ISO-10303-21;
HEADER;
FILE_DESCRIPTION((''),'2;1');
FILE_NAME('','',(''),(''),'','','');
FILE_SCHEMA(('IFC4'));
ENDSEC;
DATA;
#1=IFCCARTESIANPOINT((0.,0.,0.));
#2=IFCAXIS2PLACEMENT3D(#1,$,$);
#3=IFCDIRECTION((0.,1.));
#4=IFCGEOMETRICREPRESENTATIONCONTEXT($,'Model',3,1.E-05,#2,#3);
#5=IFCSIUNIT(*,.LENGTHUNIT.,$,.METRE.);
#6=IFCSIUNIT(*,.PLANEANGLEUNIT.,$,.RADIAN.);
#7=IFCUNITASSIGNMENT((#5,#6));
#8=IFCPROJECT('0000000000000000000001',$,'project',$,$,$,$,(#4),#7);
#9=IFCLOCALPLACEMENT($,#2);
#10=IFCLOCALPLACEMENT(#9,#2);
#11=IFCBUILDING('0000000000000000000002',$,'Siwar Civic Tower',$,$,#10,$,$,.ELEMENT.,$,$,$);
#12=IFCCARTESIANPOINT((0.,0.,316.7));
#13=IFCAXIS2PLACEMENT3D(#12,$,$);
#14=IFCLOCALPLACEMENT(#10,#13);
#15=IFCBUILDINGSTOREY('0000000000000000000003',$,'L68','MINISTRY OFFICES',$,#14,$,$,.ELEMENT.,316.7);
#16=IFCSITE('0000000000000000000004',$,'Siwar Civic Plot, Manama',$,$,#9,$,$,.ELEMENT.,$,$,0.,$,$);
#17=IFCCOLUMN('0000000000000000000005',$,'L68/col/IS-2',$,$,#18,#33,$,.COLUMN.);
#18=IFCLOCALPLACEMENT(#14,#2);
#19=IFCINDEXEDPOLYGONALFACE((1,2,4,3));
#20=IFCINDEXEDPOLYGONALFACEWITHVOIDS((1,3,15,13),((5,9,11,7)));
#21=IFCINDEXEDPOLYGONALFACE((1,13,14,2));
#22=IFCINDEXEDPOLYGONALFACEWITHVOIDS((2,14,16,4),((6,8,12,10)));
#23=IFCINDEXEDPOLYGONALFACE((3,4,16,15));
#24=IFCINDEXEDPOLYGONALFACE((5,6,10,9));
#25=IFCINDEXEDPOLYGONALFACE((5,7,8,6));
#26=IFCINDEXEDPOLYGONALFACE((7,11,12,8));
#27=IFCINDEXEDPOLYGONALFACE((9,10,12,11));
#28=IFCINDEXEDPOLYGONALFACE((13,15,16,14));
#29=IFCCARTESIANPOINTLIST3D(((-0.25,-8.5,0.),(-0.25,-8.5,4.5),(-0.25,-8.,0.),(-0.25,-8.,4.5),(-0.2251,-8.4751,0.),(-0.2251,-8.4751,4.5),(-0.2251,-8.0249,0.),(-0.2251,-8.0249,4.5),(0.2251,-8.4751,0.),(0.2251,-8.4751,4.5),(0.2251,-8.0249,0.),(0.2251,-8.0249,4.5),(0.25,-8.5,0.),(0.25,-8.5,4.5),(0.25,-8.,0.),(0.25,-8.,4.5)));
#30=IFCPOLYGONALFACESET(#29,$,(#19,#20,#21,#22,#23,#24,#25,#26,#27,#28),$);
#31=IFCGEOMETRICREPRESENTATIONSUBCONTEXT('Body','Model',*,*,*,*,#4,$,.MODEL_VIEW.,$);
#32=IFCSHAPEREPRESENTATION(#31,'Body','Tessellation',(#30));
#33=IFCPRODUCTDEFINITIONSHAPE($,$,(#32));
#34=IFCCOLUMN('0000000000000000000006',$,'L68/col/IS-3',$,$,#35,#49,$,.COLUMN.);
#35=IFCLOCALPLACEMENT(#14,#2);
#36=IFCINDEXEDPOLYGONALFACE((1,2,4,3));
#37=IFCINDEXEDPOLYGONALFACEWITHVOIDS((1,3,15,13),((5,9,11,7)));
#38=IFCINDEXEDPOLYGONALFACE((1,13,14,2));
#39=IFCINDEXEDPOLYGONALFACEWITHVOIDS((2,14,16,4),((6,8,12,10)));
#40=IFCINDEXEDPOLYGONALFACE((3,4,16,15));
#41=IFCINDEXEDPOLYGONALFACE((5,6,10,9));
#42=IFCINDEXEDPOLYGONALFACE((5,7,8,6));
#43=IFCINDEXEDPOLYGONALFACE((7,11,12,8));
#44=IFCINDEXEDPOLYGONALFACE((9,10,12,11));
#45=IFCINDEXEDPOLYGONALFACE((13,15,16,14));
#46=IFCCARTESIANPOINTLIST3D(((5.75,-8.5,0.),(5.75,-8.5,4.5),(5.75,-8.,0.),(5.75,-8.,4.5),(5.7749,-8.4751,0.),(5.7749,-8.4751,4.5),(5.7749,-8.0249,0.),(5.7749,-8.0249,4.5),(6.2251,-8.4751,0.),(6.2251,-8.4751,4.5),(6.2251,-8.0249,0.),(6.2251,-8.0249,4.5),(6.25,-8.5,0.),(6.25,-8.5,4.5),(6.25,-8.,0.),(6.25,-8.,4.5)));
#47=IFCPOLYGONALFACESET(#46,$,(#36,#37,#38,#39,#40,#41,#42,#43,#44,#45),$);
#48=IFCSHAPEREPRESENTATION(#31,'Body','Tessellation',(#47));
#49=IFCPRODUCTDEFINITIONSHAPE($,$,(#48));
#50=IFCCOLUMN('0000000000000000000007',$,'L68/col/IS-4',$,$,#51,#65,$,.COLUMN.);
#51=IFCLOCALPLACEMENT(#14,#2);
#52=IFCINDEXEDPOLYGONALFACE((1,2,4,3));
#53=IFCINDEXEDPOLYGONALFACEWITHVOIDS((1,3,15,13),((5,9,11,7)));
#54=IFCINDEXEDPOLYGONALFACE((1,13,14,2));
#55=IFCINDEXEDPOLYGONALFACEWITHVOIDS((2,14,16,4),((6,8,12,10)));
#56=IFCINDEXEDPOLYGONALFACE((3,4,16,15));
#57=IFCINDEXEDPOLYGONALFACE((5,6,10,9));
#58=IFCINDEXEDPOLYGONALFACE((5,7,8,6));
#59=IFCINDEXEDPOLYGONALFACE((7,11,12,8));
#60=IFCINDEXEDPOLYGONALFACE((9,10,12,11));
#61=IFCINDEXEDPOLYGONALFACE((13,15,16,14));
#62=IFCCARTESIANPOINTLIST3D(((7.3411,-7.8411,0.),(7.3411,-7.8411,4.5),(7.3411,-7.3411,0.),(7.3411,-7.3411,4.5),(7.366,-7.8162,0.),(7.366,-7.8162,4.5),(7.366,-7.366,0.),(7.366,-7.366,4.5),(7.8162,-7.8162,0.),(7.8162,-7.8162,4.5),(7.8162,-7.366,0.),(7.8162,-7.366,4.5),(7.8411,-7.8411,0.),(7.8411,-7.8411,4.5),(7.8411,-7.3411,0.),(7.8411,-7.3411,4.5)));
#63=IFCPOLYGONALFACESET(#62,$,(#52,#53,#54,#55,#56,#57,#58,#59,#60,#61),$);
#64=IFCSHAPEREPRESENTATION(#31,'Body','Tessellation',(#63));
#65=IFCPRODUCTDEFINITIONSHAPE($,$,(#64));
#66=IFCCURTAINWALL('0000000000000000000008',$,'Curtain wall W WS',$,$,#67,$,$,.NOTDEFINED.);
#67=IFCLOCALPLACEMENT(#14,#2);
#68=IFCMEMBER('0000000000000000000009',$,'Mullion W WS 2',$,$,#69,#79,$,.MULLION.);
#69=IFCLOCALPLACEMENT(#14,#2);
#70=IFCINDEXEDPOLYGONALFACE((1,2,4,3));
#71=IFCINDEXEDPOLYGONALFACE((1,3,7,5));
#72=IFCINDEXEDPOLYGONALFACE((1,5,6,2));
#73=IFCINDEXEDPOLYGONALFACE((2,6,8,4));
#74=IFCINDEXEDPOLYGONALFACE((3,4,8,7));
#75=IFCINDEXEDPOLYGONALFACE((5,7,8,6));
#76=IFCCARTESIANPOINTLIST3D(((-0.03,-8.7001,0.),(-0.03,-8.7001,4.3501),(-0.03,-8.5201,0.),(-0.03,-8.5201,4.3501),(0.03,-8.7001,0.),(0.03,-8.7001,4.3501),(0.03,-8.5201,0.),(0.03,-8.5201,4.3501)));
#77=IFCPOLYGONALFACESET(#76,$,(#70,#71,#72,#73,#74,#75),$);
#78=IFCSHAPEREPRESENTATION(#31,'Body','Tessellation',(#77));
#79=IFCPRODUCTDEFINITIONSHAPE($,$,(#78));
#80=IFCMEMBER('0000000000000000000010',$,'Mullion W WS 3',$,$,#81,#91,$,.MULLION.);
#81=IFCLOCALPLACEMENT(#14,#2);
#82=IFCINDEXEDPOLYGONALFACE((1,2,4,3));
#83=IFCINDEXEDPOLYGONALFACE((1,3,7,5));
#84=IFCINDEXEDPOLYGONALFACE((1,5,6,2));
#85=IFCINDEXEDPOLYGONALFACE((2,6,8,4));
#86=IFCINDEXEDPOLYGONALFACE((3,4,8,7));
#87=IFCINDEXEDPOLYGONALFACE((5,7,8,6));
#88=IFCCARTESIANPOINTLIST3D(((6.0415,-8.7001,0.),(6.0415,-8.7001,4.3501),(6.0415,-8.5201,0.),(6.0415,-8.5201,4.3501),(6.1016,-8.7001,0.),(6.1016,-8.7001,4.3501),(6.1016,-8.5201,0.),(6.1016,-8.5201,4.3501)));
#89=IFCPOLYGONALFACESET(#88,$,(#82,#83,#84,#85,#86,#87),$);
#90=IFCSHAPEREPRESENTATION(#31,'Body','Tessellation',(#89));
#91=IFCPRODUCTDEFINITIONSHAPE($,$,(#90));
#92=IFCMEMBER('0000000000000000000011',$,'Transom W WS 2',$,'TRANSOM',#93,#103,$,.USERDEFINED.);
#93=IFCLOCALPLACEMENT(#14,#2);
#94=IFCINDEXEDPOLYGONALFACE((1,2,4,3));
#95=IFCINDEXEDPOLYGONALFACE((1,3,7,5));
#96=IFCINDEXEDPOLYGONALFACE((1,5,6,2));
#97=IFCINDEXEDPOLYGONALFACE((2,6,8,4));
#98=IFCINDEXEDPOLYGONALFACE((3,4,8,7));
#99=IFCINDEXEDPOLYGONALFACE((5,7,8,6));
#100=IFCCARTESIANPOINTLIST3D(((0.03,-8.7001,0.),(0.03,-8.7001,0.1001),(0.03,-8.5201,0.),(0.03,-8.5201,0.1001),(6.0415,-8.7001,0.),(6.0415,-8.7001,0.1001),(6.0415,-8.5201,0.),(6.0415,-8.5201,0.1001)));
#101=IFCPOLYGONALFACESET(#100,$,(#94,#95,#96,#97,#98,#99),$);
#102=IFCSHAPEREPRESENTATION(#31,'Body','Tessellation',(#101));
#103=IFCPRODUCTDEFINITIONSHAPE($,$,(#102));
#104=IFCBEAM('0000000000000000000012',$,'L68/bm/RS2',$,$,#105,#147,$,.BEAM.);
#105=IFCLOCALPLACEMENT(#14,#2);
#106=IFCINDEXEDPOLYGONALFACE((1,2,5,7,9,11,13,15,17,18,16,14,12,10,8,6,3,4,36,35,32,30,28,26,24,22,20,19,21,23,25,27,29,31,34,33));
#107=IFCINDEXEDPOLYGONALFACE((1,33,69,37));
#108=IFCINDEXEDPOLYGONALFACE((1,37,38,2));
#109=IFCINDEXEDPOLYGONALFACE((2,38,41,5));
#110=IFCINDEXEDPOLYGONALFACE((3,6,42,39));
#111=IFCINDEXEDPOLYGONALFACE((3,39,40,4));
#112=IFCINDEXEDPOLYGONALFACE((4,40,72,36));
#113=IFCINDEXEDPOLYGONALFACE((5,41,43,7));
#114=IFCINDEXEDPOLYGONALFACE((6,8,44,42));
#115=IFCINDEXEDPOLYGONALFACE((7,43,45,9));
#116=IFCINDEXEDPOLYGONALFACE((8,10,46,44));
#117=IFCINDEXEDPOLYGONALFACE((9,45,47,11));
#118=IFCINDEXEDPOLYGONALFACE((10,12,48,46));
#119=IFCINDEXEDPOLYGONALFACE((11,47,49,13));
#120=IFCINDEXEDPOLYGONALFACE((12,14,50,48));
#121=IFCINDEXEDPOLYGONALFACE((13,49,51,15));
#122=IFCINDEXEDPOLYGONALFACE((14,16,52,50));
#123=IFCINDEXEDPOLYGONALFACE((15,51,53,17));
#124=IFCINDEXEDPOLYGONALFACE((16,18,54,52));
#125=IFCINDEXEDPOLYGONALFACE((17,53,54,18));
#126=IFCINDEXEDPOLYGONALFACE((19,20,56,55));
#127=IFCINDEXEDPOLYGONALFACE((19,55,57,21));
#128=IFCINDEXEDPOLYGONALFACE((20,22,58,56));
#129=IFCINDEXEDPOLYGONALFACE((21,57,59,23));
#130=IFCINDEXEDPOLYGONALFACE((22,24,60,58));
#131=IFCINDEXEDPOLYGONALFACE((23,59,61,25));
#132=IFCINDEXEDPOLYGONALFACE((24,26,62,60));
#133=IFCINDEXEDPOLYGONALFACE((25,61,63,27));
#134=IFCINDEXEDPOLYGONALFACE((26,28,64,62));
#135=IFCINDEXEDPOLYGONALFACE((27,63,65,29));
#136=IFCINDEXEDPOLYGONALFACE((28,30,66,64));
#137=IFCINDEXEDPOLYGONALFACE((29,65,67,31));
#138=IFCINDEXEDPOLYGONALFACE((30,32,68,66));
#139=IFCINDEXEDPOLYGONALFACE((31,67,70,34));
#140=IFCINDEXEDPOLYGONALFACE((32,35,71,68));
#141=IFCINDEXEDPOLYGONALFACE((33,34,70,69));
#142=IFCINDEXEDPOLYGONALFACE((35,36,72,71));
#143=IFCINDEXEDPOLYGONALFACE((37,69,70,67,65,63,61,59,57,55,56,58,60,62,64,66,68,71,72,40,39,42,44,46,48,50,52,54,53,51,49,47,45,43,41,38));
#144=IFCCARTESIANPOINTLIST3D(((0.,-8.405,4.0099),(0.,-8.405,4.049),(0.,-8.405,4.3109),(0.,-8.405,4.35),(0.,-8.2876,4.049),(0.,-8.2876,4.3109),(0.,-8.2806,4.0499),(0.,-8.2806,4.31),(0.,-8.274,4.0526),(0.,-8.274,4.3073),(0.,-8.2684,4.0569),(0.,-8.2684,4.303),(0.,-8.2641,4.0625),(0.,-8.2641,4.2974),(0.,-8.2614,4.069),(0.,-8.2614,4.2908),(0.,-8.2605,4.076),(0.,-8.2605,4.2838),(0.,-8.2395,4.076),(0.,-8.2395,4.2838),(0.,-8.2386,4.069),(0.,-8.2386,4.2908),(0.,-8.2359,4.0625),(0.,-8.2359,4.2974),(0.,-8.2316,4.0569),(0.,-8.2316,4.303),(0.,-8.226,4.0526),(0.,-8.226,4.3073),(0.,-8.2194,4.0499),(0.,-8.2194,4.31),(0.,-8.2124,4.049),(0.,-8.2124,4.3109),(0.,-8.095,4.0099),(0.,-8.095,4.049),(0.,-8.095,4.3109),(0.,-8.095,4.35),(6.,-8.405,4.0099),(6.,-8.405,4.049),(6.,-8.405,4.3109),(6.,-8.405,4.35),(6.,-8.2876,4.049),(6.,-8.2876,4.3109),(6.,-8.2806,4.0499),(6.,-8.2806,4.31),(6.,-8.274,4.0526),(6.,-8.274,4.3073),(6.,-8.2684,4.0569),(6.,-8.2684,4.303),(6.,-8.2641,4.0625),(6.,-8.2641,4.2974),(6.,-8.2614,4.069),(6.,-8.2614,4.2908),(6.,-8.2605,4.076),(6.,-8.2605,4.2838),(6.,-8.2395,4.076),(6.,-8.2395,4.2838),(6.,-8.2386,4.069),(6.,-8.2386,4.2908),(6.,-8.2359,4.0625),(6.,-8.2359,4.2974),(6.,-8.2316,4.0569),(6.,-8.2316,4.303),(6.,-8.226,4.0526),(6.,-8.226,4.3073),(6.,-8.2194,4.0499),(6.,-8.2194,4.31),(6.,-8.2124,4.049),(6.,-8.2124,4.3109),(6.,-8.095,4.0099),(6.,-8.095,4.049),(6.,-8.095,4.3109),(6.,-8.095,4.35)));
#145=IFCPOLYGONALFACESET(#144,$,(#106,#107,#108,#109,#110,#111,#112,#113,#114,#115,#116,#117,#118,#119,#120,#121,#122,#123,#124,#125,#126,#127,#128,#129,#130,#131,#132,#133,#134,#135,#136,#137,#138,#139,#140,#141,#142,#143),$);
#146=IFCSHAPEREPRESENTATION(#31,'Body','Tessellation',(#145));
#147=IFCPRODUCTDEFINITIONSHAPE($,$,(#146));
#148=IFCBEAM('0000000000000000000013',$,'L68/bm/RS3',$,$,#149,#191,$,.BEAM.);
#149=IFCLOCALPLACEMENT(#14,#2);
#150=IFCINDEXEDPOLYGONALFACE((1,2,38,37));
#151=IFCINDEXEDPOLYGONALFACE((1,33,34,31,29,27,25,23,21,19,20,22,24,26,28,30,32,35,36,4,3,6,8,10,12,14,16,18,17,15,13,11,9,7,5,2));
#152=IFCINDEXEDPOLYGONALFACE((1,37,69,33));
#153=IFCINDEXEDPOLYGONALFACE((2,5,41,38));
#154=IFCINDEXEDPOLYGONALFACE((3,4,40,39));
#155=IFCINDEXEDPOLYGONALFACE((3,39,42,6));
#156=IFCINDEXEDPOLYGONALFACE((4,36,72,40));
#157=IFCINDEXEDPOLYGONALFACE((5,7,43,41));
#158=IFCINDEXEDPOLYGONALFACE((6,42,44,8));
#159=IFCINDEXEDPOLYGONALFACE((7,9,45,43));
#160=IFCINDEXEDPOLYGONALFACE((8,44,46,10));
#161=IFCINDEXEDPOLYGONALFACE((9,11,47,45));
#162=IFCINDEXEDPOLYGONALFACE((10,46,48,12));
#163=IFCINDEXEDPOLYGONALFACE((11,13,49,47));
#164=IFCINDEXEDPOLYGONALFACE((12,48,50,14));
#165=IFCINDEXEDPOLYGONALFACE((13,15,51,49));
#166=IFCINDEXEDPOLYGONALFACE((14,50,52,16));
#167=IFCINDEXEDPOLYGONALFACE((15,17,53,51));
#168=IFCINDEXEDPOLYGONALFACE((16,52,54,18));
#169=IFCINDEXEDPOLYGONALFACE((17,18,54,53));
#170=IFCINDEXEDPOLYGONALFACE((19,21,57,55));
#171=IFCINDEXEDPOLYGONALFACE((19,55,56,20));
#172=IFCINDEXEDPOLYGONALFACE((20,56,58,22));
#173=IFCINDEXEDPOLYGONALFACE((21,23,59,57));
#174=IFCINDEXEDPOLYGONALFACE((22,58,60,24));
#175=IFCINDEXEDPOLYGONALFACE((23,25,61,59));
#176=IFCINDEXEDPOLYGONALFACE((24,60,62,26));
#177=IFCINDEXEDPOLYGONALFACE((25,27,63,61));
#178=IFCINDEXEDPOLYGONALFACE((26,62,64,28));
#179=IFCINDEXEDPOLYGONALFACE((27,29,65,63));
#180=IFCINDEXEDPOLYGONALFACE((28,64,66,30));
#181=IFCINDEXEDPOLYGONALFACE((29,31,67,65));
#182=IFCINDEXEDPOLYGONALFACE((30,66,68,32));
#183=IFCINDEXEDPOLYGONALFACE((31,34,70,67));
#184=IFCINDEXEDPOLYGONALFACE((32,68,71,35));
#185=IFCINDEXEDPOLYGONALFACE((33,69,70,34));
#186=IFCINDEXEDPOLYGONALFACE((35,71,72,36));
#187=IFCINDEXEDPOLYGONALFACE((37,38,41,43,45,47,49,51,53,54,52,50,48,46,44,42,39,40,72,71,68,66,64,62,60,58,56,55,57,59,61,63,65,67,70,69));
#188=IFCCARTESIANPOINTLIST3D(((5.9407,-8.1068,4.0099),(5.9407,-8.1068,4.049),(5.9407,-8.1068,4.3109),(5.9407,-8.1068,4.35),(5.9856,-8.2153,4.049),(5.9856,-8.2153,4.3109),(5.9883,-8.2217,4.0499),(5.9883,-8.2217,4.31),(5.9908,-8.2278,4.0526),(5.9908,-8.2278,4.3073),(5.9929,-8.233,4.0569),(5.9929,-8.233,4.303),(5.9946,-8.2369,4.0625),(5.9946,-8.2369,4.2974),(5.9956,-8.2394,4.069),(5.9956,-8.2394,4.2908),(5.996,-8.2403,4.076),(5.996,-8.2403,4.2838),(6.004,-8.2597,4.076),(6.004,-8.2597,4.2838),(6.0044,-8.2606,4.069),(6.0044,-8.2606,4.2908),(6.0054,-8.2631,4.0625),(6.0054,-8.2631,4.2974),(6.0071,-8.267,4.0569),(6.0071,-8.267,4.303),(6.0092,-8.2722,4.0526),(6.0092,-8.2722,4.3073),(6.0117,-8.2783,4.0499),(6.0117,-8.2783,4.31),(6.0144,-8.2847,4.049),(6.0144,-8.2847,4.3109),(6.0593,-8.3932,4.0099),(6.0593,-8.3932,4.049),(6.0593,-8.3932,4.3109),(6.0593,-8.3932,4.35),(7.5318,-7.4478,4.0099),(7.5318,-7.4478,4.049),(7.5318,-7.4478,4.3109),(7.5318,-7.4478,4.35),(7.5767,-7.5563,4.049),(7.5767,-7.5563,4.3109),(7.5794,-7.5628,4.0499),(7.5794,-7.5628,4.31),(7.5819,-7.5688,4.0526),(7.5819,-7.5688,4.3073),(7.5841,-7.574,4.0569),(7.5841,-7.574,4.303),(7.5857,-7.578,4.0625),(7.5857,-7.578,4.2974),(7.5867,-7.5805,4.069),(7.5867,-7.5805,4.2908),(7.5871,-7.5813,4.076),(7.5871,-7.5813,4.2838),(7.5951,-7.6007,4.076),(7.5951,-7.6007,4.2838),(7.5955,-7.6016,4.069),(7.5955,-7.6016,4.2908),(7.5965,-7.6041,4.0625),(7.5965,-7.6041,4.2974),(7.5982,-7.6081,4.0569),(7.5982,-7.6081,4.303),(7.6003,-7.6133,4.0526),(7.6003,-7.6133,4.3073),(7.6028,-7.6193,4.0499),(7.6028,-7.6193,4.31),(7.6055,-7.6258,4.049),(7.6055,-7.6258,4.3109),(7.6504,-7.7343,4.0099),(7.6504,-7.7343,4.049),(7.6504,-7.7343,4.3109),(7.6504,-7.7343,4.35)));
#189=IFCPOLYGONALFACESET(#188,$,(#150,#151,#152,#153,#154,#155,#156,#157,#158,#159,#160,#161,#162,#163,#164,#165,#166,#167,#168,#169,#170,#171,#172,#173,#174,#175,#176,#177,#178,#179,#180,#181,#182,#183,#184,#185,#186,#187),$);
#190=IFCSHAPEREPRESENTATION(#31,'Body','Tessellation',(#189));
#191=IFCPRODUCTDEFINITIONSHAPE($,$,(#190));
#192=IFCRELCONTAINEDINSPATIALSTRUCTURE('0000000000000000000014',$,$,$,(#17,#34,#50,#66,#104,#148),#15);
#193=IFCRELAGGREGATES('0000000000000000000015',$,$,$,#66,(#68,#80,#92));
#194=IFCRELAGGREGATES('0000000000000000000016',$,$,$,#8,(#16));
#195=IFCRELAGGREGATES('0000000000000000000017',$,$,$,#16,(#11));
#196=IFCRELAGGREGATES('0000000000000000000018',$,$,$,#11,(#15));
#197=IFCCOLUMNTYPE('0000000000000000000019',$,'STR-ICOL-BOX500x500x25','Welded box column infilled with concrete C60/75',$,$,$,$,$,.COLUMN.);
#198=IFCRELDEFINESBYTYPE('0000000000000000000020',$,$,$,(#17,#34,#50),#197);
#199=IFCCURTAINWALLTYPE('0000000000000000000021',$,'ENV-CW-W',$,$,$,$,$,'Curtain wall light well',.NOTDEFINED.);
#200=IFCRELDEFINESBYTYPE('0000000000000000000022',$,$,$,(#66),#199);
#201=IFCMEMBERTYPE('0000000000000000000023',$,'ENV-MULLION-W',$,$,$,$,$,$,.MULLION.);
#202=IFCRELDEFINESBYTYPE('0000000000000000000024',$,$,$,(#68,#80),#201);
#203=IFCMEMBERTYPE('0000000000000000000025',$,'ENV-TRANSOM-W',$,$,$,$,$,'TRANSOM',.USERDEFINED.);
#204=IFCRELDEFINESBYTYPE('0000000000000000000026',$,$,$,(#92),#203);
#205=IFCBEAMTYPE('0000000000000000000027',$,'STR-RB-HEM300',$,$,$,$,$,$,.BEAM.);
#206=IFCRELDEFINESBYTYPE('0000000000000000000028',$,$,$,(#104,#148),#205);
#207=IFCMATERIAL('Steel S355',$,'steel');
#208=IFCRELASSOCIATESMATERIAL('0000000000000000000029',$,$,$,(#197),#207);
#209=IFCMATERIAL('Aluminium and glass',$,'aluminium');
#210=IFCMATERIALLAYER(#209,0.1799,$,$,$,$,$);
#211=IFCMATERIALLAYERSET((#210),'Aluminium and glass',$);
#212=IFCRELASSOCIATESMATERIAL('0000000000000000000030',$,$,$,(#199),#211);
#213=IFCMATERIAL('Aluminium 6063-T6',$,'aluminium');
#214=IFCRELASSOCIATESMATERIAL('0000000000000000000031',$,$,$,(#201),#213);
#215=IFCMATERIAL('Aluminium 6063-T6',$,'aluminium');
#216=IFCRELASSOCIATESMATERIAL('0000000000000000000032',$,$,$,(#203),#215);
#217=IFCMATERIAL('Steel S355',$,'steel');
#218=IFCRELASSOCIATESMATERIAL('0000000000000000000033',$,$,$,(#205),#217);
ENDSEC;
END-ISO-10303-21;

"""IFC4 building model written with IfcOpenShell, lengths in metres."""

from ifc_helpers import new_model, si_unit, direction, frame, origin, origin_2d, place, context, subcontext, project, spatial, rectangle, hollow_rectangle, i_section, extrude, material, layer, layer_set, material_profile, profile_set, type_object, element, aggregate, save


model = new_model("IFC4")

# Units and contexts
model_context = context("Model", 3, precision=1e-05, world=origin(), true_north=direction((0.0, 1.0)))
body_context = subcontext(model_context, "Body", "Model", "MODEL_VIEW")
ifc_project = project(units=[si_unit("LENGTHUNIT", "METRE"), si_unit("PLANEANGLEUNIT", "RADIAN")], contexts=[model_context])

# Site, building, storey
site_placement = place(None, origin())
site = spatial("IfcSite", under=ifc_project, at=site_placement, Name="Siwar Civic Plot, Manama", CompositionType="ELEMENT", RefElevation=0.0)
building_placement = place(site_placement, origin())
building = spatial("IfcBuilding", under=site, at=building_placement, Name="Siwar Civic Tower", CompositionType="ELEMENT")
storey_placement = place(building_placement, frame((0.0, 0.0, 316.7)))
storey = spatial("IfcBuildingStorey", under=building, at=storey_placement, Name="L68", Description="MINISTRY OFFICES", CompositionType="ELEMENT", Elevation=316.7)

# Columns
ifc_material_1 = material(Name="Steel S355", Category="steel")
ifc_material_profile_1 = material_profile(ifc_material_1, hollow_rectangle(XDim=0.5, YDim=0.5, WallThickness=0.0249, at=origin_2d()), Name="BOX500x500x25")
ifc_profile_set_1 = profile_set([ifc_material_profile_1], Name="Steel S355")
column_type = type_object("IfcColumnType", Name="STR-ICOL-BOX500x500x25", Description="Welded box column infilled with concrete C60/75", PredefinedType="COLUMN", material=ifc_profile_set_1)
for number, where, z_axis, x_axis, name in (
    (1, (0.0, -8.25, 0.0), (0.0, 0.0, 1.0), (1.0, 0.0, 0.0), "L68/col/IS-2"),
    (2, (6.0, -8.25, 0.0), (0.0, 0.0, 1.0), (1.0, 0.0, 0.0), "L68/col/IS-3"),
    (3, (7.5911, -7.5911, 0.0), (0.0, 0.0, 1.0), (1.0, 0.0, 0.0), "L68/col/IS-4"),
):
    element("IfcColumn", number, at=place(storey_placement, frame(where, z_axis=z_axis, x_axis=x_axis)), inside=storey, type_object=column_type, Name=name, PredefinedType="COLUMN", context=body_context, shape_type="SweptSolid", body=[
        extrude(hollow_rectangle(XDim=0.5, YDim=0.5, WallThickness=0.0249, at=origin_2d()), origin(), (0.0, 0.0, 1.0), 4.5),
    ])

# Curtain wall, members
ifc_material_2 = material(Name="Aluminium and glass", Category="aluminium")
ifc_layer_1 = layer(ifc_material_2, 0.1799)
ifc_layer_set_1 = layer_set([ifc_layer_1], Name="Aluminium and glass")
curtain_wall_type = type_object("IfcCurtainWallType", Name="ENV-CW-W", ElementType="Curtain wall light well", PredefinedType="NOTDEFINED", material=ifc_layer_set_1)
curtain_wall_placement = place(storey_placement, origin())
curtain_wall = element("IfcCurtainWall", 4, at=curtain_wall_placement, inside=storey, type_object=curtain_wall_type, Name="Curtain wall W WS", PredefinedType="NOTDEFINED")
ifc_material_3 = material(Name="Aluminium 6063-T6", Category="aluminium")
ifc_material_profile_2 = material_profile(ifc_material_3, rectangle(XDim=0.1799, YDim=0.0601, at=origin_2d()), Name="AL 180x60")
ifc_profile_set_2 = profile_set([ifc_material_profile_2], Name="Aluminium 6063-T6")
member_type_1 = type_object("IfcMemberType", Name="ENV-MULLION-W", PredefinedType="MULLION", material=ifc_profile_set_2)
member_1_placement = place(storey_placement, frame((0.0, -8.6101, 0.0), z_axis=(0.0, 0.0, 1.0), x_axis=(0.0, 1.0, 0.0)))
member_1 = element("IfcMember", 5, at=member_1_placement, type_object=member_type_1, Name="Mullion W WS 2", PredefinedType="MULLION", context=body_context, shape_type="SweptSolid", body=[
    extrude(rectangle(XDim=0.1799, YDim=0.0601, at=origin_2d()), origin(), (0.0, 0.0, 1.0), 4.3501),
])
member_2_placement = place(storey_placement, frame((6.0715, -8.6101, 0.0), z_axis=(0.0, 0.0, 1.0), x_axis=(0.0, 1.0, 0.0)))
member_2 = element("IfcMember", 6, at=member_2_placement, type_object=member_type_1, Name="Mullion W WS 3", PredefinedType="MULLION", context=body_context, shape_type="SweptSolid", body=[
    extrude(rectangle(XDim=0.1799, YDim=0.0601, at=origin_2d()), origin(), (0.0, 0.0, 1.0), 4.3501),
])
ifc_material_4 = material(Name="Aluminium 6063-T6", Category="aluminium")
ifc_material_profile_3 = material_profile(ifc_material_4, rectangle(XDim=0.1799, YDim=0.1001, at=origin_2d()), Name="AL 180x100")
ifc_profile_set_3 = profile_set([ifc_material_profile_3], Name="Aluminium 6063-T6")
member_type_2 = type_object("IfcMemberType", Name="ENV-TRANSOM-W", ElementType="TRANSOM", PredefinedType="USERDEFINED", material=ifc_profile_set_3)
member_3_placement = place(storey_placement, frame((0.03, -8.6101, 0.05), z_axis=(1.0, 0.0, 0.0), x_axis=(0.0, 1.0, 0.0)))
member_3 = element("IfcMember", 7, at=member_3_placement, type_object=member_type_2, Name="Transom W WS 2", ObjectType="TRANSOM", PredefinedType="USERDEFINED", context=body_context, shape_type="SweptSolid", body=[
    extrude(rectangle(XDim=0.1799, YDim=0.1001, at=origin_2d()), origin(), (0.0, 0.0, 1.0), 6.0115),
])

# Beams
ifc_material_5 = material(Name="Steel S355", Category="steel")
ifc_material_profile_4 = material_profile(ifc_material_5, i_section(OverallWidth=0.3101, OverallDepth=0.3401, WebThickness=0.021, FlangeThickness=0.0391, FilletRadius=0.0271, at=origin_2d()), Name="HEM300")
ifc_profile_set_4 = profile_set([ifc_material_profile_4], Name="Steel S355")
beam_type = type_object("IfcBeamType", Name="STR-RB-HEM300", PredefinedType="BEAM", material=ifc_profile_set_4)
beam_placement = place(storey_placement, frame((0.0, -8.25, 4.1799), z_axis=(1.0, 0.0, 0.0), x_axis=(0.0, 1.0, 0.0)))
element("IfcBeam", 8, at=beam_placement, inside=storey, type_object=beam_type, Name="L68/bm/RS2", PredefinedType="BEAM", context=body_context, shape_type="SweptSolid", body=[
    extrude(i_section(OverallWidth=0.3101, OverallDepth=0.3401, WebThickness=0.021, FlangeThickness=0.0391, FilletRadius=0.0271, at=origin_2d()), origin(), (0.0, 0.0, 1.0), 6.0),
])
for number, where, z_axis, x_axis, name in (
    (9, (6.0, -8.25, 4.1799), (0.923901, 0.382631, 0.0), (-0.382631, 0.923901, 0.0), "L68/bm/RS3"),
):
    element("IfcBeam", number, at=place(storey_placement, frame(where, z_axis=z_axis, x_axis=x_axis)), inside=storey, type_object=beam_type, Name=name, PredefinedType="BEAM", context=body_context, shape_type="SweptSolid", body=[
        extrude(i_section(OverallWidth=0.3101, OverallDepth=0.3401, WebThickness=0.021, FlangeThickness=0.0391, FilletRadius=0.0271, at=origin_2d()), origin(), (0.0, 0.0, 1.0), 1.7222),
    ])

aggregate(curtain_wall, [member_1, member_2, member_3])

save(model, "model.ifc")
